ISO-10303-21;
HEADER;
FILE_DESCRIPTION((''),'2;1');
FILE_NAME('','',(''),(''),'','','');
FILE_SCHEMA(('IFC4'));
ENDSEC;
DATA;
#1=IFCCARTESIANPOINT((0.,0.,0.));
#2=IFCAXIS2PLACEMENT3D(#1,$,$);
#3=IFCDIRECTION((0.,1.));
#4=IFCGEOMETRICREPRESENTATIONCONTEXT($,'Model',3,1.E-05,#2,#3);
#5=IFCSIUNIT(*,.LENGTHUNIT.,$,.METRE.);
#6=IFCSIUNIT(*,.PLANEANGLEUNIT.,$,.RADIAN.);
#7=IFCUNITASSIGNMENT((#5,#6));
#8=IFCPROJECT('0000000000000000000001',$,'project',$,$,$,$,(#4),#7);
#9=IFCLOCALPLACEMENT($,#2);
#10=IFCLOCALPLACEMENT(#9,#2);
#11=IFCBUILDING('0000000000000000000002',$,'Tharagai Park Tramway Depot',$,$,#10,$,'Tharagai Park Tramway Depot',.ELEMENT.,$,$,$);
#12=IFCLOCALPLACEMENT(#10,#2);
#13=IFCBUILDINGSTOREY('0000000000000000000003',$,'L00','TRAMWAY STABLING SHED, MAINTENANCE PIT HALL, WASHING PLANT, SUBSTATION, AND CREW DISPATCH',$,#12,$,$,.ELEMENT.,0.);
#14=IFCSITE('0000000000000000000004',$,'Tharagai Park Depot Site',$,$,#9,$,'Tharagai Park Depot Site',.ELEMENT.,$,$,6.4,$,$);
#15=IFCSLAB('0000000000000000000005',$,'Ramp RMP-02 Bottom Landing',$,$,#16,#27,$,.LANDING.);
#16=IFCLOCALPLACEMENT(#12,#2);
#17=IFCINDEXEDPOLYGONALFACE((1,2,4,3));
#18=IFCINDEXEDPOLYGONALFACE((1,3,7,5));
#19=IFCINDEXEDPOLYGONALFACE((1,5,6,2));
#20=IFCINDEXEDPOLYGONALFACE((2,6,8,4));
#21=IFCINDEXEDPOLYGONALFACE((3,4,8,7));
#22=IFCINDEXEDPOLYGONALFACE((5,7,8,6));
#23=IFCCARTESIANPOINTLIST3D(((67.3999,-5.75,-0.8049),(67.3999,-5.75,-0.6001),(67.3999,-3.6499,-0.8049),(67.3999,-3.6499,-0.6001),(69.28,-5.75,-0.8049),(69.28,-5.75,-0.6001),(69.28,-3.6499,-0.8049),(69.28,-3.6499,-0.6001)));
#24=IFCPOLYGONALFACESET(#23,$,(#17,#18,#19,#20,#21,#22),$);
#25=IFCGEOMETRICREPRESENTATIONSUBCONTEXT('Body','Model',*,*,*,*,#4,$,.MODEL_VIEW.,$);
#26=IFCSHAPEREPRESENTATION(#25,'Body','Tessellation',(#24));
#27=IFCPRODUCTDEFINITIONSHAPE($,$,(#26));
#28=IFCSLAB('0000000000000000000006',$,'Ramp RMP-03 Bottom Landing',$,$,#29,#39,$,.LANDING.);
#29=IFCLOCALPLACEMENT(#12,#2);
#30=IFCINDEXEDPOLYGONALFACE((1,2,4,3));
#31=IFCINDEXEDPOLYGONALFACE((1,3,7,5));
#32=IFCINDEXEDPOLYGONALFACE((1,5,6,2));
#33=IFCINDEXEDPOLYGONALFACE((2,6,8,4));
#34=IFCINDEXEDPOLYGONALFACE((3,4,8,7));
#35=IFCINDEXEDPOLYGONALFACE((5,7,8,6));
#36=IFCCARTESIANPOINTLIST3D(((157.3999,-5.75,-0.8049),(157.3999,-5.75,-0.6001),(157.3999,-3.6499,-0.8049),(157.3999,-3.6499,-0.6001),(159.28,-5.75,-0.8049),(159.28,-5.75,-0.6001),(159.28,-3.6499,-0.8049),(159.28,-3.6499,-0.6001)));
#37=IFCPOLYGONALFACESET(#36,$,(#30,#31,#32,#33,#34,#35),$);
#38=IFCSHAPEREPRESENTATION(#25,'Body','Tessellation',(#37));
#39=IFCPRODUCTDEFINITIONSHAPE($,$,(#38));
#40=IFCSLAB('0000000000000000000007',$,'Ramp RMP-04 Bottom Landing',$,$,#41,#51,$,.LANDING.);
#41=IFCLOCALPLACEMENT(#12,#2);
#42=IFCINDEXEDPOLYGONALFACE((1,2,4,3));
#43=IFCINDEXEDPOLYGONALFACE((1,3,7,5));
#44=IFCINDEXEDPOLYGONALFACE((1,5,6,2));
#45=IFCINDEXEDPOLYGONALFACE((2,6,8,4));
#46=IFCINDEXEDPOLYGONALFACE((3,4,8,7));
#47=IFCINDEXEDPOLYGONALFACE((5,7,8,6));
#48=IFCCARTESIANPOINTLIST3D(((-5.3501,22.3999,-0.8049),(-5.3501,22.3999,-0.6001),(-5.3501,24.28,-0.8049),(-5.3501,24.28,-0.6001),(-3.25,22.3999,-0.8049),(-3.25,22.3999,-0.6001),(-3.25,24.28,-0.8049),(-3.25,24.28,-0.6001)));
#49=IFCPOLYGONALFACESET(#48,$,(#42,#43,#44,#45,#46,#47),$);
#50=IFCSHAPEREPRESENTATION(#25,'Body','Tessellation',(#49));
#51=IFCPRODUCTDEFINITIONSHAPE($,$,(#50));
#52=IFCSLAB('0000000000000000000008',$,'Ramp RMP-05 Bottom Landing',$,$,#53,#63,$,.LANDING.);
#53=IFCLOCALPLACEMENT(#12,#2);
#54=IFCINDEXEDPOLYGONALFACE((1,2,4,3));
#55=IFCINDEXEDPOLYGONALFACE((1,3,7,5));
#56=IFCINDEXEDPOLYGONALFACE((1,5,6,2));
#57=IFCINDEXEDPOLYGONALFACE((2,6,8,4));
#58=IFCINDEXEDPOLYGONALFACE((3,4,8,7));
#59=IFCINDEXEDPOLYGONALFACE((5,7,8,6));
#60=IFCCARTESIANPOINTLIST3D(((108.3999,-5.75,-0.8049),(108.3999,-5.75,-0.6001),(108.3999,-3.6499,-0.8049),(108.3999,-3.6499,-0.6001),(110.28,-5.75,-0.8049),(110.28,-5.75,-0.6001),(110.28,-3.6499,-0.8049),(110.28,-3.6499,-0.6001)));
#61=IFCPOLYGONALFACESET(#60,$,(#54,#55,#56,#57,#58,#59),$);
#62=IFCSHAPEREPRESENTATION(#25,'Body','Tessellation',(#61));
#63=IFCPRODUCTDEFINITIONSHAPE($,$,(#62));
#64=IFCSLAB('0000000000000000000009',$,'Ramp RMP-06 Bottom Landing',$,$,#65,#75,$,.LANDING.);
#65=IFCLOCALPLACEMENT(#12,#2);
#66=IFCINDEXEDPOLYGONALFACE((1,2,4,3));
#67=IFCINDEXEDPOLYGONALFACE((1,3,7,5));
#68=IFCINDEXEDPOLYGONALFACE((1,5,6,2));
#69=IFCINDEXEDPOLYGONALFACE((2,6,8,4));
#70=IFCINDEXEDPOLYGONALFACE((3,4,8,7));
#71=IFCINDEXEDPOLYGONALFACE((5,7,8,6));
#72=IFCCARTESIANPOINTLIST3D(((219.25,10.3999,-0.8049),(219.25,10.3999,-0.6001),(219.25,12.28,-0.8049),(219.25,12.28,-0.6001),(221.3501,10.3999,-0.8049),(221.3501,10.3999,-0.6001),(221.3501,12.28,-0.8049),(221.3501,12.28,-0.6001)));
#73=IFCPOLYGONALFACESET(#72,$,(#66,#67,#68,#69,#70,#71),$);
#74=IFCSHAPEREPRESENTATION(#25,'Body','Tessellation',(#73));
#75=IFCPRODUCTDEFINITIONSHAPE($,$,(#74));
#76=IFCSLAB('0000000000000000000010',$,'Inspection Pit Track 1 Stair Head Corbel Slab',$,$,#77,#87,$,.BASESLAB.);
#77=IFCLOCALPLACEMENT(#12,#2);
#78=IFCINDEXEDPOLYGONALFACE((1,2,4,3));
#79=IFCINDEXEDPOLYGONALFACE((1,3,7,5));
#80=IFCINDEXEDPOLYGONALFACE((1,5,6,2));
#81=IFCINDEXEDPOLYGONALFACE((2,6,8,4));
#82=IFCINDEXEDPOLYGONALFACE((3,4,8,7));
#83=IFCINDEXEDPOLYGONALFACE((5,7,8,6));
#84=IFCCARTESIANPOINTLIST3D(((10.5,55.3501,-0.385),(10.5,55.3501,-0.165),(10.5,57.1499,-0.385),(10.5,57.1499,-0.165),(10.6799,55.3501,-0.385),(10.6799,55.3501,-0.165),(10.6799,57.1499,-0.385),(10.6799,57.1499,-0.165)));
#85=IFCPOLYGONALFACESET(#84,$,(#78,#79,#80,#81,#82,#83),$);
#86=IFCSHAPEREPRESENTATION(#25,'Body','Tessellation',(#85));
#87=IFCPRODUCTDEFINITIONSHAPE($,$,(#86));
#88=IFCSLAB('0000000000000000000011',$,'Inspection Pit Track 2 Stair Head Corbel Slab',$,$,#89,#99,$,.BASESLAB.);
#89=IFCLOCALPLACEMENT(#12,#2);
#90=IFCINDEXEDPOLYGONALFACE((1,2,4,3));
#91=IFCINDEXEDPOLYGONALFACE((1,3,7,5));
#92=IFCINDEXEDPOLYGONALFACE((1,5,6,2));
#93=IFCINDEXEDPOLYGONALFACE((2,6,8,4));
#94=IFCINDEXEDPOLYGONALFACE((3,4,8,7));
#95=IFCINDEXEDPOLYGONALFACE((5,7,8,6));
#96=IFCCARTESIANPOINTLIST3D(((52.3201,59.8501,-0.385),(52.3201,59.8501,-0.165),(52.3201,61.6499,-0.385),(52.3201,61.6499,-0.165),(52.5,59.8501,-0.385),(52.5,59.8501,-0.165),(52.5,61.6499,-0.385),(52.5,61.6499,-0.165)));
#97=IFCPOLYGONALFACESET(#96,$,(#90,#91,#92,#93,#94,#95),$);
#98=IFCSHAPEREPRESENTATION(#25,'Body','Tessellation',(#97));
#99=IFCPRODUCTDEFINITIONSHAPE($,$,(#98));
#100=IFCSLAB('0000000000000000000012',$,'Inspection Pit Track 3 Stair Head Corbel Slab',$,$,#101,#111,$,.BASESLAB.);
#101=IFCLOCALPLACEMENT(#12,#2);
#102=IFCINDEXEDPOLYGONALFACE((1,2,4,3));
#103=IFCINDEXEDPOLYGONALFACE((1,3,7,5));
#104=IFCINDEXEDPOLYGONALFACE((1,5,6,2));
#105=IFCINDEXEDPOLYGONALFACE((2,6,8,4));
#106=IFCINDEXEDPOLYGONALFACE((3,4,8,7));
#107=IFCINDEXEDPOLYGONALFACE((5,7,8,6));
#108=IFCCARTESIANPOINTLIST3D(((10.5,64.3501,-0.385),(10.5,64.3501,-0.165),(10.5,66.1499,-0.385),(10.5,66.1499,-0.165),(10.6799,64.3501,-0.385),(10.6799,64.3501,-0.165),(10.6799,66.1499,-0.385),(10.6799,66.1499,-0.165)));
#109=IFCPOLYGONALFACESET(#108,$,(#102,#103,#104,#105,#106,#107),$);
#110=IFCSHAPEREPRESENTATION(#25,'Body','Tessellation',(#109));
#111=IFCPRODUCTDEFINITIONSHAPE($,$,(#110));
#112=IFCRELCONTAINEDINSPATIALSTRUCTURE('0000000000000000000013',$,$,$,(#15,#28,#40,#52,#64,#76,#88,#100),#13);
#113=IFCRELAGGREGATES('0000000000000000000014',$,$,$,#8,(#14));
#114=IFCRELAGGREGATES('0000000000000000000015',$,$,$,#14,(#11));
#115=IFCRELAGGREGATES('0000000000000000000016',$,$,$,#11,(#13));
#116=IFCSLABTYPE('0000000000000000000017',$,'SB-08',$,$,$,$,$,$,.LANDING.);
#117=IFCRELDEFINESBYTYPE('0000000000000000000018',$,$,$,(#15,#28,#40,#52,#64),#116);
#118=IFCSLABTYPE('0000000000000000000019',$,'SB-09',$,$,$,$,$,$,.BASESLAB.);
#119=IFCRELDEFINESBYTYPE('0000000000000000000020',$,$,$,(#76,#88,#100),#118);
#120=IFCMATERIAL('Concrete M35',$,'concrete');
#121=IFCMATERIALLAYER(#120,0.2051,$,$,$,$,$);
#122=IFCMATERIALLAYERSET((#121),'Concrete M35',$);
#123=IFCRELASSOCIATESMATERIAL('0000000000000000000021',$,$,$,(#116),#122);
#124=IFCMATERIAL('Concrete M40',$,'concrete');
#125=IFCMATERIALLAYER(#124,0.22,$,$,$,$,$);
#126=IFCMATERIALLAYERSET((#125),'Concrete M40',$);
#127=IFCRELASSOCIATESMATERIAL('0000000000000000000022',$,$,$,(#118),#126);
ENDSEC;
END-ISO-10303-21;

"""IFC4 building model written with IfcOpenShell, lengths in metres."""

from ifc_helpers import new_model, si_unit, direction, frame, origin, place, context, subcontext, project, spatial, polyline, outline, extrude, material, layer, layer_set, type_object, element, save


model = new_model("IFC4")

# Units and contexts
model_context = context("Model", 3, precision=1e-05, world=origin(), true_north=direction((0.0, 1.0)))
body_context = subcontext(model_context, "Body", "Model", "MODEL_VIEW")
ifc_project = project(units=[si_unit("LENGTHUNIT", "METRE"), si_unit("PLANEANGLEUNIT", "RADIAN")], contexts=[model_context])

# Site, building, storey
site_placement = place(None, origin())
site = spatial("IfcSite", under=ifc_project, at=site_placement, Name="Tharagai Park Depot Site", LongName="Tharagai Park Depot Site", CompositionType="ELEMENT", RefElevation=6.4)
building_placement = place(site_placement, origin())
building = spatial("IfcBuilding", under=site, at=building_placement, Name="Tharagai Park Tramway Depot", LongName="Tharagai Park Tramway Depot", CompositionType="ELEMENT")
storey_placement = place(building_placement, origin())
storey = spatial("IfcBuildingStorey", under=building, at=storey_placement, Name="L00", Description="TRAMWAY STABLING SHED, MAINTENANCE PIT HALL, WASHING PLANT, SUBSTATION, AND CREW DISPATCH", CompositionType="ELEMENT", Elevation=0.0)

# Shared definitions
ifc_material_1 = material(Name="Concrete M40", Category="concrete")

# Slabs
ifc_material_2 = material(Name="Concrete M35", Category="concrete")
ifc_layer_1 = layer(ifc_material_2, 0.2051)
ifc_layer_set_1 = layer_set([ifc_layer_1], Name="Concrete M35")
slab_type_1 = type_object("IfcSlabType", Name="SB-08", PredefinedType="LANDING", material=ifc_layer_set_1)
slab_1_placement = place(storey_placement, frame((0.0, 0.0, -0.8049)))
element("IfcSlab", 1, at=slab_1_placement, inside=storey, type_object=slab_type_1, Name="Ramp RMP-02 Bottom Landing", PredefinedType="LANDING", context=body_context, shape_type="SweptSolid", body=[
    extrude(outline(polyline([(67.3999, -5.75), (69.28, -5.75), (69.28, -3.6499), (67.3999, -3.6499), (67.3999, -5.75)])), origin(), (0.0, 0.0, 1.0), 0.2048),
])
slab_2_placement = place(storey_placement, frame((0.0, 0.0, -0.8049)))
element("IfcSlab", 2, at=slab_2_placement, inside=storey, type_object=slab_type_1, Name="Ramp RMP-03 Bottom Landing", PredefinedType="LANDING", context=body_context, shape_type="SweptSolid", body=[
    extrude(outline(polyline([(157.3999, -5.75), (159.28, -5.75), (159.28, -3.6499), (157.3999, -3.6499), (157.3999, -5.75)])), origin(), (0.0, 0.0, 1.0), 0.2048),
])
slab_3_placement = place(storey_placement, frame((0.0, 0.0, -0.8049)))
element("IfcSlab", 3, at=slab_3_placement, inside=storey, type_object=slab_type_1, Name="Ramp RMP-04 Bottom Landing", PredefinedType="LANDING", context=body_context, shape_type="SweptSolid", body=[
    extrude(outline(polyline([(-5.3501, 22.3999), (-3.25, 22.3999), (-3.25, 24.28), (-5.3501, 24.28), (-5.3501, 22.3999)])), origin(), (0.0, 0.0, 1.0), 0.2048),
])
slab_4_placement = place(storey_placement, frame((0.0, 0.0, -0.8049)))
element("IfcSlab", 4, at=slab_4_placement, inside=storey, type_object=slab_type_1, Name="Ramp RMP-05 Bottom Landing", PredefinedType="LANDING", context=body_context, shape_type="SweptSolid", body=[
    extrude(outline(polyline([(108.3999, -5.75), (110.28, -5.75), (110.28, -3.6499), (108.3999, -3.6499), (108.3999, -5.75)])), origin(), (0.0, 0.0, 1.0), 0.2048),
])
slab_5_placement = place(storey_placement, frame((0.0, 0.0, -0.8049)))
element("IfcSlab", 5, at=slab_5_placement, inside=storey, type_object=slab_type_1, Name="Ramp RMP-06 Bottom Landing", PredefinedType="LANDING", context=body_context, shape_type="SweptSolid", body=[
    extrude(outline(polyline([(219.25, 10.3999), (221.3501, 10.3999), (221.3501, 12.28), (219.25, 12.28), (219.25, 10.3999)])), origin(), (0.0, 0.0, 1.0), 0.2048),
])
ifc_layer_2 = layer(ifc_material_1, 0.22)
ifc_layer_set_2 = layer_set([ifc_layer_2], Name="Concrete M40")
slab_type_2 = type_object("IfcSlabType", Name="SB-09", PredefinedType="BASESLAB", material=ifc_layer_set_2)
slab_6_placement = place(storey_placement, frame((0.0, 0.0, -0.385)))
element("IfcSlab", 6, at=slab_6_placement, inside=storey, type_object=slab_type_2, Name="Inspection Pit Track 1 Stair Head Corbel Slab", PredefinedType="BASESLAB", context=body_context, shape_type="SweptSolid", body=[
    extrude(outline(polyline([(10.5, 55.3501), (10.6799, 55.3501), (10.6799, 57.1499), (10.5, 57.1499), (10.5, 55.3501)])), origin(), (0.0, 0.0, 1.0), 0.22),
])
slab_7_placement = place(storey_placement, frame((0.0, 0.0, -0.385)))
element("IfcSlab", 7, at=slab_7_placement, inside=storey, type_object=slab_type_2, Name="Inspection Pit Track 2 Stair Head Corbel Slab", PredefinedType="BASESLAB", context=body_context, shape_type="SweptSolid", body=[
    extrude(outline(polyline([(52.3201, 59.8501), (52.5, 59.8501), (52.5, 61.6499), (52.3201, 61.6499), (52.3201, 59.8501)])), origin(), (0.0, 0.0, 1.0), 0.22),
])
slab_8_placement = place(storey_placement, frame((0.0, 0.0, -0.385)))
element("IfcSlab", 8, at=slab_8_placement, inside=storey, type_object=slab_type_2, Name="Inspection Pit Track 3 Stair Head Corbel Slab", PredefinedType="BASESLAB", context=body_context, shape_type="SweptSolid", body=[
    extrude(outline(polyline([(10.5, 64.3501), (10.6799, 64.3501), (10.6799, 66.1499), (10.5, 66.1499), (10.5, 64.3501)])), origin(), (0.0, 0.0, 1.0), 0.22),
])

save(model, "model.ifc")
